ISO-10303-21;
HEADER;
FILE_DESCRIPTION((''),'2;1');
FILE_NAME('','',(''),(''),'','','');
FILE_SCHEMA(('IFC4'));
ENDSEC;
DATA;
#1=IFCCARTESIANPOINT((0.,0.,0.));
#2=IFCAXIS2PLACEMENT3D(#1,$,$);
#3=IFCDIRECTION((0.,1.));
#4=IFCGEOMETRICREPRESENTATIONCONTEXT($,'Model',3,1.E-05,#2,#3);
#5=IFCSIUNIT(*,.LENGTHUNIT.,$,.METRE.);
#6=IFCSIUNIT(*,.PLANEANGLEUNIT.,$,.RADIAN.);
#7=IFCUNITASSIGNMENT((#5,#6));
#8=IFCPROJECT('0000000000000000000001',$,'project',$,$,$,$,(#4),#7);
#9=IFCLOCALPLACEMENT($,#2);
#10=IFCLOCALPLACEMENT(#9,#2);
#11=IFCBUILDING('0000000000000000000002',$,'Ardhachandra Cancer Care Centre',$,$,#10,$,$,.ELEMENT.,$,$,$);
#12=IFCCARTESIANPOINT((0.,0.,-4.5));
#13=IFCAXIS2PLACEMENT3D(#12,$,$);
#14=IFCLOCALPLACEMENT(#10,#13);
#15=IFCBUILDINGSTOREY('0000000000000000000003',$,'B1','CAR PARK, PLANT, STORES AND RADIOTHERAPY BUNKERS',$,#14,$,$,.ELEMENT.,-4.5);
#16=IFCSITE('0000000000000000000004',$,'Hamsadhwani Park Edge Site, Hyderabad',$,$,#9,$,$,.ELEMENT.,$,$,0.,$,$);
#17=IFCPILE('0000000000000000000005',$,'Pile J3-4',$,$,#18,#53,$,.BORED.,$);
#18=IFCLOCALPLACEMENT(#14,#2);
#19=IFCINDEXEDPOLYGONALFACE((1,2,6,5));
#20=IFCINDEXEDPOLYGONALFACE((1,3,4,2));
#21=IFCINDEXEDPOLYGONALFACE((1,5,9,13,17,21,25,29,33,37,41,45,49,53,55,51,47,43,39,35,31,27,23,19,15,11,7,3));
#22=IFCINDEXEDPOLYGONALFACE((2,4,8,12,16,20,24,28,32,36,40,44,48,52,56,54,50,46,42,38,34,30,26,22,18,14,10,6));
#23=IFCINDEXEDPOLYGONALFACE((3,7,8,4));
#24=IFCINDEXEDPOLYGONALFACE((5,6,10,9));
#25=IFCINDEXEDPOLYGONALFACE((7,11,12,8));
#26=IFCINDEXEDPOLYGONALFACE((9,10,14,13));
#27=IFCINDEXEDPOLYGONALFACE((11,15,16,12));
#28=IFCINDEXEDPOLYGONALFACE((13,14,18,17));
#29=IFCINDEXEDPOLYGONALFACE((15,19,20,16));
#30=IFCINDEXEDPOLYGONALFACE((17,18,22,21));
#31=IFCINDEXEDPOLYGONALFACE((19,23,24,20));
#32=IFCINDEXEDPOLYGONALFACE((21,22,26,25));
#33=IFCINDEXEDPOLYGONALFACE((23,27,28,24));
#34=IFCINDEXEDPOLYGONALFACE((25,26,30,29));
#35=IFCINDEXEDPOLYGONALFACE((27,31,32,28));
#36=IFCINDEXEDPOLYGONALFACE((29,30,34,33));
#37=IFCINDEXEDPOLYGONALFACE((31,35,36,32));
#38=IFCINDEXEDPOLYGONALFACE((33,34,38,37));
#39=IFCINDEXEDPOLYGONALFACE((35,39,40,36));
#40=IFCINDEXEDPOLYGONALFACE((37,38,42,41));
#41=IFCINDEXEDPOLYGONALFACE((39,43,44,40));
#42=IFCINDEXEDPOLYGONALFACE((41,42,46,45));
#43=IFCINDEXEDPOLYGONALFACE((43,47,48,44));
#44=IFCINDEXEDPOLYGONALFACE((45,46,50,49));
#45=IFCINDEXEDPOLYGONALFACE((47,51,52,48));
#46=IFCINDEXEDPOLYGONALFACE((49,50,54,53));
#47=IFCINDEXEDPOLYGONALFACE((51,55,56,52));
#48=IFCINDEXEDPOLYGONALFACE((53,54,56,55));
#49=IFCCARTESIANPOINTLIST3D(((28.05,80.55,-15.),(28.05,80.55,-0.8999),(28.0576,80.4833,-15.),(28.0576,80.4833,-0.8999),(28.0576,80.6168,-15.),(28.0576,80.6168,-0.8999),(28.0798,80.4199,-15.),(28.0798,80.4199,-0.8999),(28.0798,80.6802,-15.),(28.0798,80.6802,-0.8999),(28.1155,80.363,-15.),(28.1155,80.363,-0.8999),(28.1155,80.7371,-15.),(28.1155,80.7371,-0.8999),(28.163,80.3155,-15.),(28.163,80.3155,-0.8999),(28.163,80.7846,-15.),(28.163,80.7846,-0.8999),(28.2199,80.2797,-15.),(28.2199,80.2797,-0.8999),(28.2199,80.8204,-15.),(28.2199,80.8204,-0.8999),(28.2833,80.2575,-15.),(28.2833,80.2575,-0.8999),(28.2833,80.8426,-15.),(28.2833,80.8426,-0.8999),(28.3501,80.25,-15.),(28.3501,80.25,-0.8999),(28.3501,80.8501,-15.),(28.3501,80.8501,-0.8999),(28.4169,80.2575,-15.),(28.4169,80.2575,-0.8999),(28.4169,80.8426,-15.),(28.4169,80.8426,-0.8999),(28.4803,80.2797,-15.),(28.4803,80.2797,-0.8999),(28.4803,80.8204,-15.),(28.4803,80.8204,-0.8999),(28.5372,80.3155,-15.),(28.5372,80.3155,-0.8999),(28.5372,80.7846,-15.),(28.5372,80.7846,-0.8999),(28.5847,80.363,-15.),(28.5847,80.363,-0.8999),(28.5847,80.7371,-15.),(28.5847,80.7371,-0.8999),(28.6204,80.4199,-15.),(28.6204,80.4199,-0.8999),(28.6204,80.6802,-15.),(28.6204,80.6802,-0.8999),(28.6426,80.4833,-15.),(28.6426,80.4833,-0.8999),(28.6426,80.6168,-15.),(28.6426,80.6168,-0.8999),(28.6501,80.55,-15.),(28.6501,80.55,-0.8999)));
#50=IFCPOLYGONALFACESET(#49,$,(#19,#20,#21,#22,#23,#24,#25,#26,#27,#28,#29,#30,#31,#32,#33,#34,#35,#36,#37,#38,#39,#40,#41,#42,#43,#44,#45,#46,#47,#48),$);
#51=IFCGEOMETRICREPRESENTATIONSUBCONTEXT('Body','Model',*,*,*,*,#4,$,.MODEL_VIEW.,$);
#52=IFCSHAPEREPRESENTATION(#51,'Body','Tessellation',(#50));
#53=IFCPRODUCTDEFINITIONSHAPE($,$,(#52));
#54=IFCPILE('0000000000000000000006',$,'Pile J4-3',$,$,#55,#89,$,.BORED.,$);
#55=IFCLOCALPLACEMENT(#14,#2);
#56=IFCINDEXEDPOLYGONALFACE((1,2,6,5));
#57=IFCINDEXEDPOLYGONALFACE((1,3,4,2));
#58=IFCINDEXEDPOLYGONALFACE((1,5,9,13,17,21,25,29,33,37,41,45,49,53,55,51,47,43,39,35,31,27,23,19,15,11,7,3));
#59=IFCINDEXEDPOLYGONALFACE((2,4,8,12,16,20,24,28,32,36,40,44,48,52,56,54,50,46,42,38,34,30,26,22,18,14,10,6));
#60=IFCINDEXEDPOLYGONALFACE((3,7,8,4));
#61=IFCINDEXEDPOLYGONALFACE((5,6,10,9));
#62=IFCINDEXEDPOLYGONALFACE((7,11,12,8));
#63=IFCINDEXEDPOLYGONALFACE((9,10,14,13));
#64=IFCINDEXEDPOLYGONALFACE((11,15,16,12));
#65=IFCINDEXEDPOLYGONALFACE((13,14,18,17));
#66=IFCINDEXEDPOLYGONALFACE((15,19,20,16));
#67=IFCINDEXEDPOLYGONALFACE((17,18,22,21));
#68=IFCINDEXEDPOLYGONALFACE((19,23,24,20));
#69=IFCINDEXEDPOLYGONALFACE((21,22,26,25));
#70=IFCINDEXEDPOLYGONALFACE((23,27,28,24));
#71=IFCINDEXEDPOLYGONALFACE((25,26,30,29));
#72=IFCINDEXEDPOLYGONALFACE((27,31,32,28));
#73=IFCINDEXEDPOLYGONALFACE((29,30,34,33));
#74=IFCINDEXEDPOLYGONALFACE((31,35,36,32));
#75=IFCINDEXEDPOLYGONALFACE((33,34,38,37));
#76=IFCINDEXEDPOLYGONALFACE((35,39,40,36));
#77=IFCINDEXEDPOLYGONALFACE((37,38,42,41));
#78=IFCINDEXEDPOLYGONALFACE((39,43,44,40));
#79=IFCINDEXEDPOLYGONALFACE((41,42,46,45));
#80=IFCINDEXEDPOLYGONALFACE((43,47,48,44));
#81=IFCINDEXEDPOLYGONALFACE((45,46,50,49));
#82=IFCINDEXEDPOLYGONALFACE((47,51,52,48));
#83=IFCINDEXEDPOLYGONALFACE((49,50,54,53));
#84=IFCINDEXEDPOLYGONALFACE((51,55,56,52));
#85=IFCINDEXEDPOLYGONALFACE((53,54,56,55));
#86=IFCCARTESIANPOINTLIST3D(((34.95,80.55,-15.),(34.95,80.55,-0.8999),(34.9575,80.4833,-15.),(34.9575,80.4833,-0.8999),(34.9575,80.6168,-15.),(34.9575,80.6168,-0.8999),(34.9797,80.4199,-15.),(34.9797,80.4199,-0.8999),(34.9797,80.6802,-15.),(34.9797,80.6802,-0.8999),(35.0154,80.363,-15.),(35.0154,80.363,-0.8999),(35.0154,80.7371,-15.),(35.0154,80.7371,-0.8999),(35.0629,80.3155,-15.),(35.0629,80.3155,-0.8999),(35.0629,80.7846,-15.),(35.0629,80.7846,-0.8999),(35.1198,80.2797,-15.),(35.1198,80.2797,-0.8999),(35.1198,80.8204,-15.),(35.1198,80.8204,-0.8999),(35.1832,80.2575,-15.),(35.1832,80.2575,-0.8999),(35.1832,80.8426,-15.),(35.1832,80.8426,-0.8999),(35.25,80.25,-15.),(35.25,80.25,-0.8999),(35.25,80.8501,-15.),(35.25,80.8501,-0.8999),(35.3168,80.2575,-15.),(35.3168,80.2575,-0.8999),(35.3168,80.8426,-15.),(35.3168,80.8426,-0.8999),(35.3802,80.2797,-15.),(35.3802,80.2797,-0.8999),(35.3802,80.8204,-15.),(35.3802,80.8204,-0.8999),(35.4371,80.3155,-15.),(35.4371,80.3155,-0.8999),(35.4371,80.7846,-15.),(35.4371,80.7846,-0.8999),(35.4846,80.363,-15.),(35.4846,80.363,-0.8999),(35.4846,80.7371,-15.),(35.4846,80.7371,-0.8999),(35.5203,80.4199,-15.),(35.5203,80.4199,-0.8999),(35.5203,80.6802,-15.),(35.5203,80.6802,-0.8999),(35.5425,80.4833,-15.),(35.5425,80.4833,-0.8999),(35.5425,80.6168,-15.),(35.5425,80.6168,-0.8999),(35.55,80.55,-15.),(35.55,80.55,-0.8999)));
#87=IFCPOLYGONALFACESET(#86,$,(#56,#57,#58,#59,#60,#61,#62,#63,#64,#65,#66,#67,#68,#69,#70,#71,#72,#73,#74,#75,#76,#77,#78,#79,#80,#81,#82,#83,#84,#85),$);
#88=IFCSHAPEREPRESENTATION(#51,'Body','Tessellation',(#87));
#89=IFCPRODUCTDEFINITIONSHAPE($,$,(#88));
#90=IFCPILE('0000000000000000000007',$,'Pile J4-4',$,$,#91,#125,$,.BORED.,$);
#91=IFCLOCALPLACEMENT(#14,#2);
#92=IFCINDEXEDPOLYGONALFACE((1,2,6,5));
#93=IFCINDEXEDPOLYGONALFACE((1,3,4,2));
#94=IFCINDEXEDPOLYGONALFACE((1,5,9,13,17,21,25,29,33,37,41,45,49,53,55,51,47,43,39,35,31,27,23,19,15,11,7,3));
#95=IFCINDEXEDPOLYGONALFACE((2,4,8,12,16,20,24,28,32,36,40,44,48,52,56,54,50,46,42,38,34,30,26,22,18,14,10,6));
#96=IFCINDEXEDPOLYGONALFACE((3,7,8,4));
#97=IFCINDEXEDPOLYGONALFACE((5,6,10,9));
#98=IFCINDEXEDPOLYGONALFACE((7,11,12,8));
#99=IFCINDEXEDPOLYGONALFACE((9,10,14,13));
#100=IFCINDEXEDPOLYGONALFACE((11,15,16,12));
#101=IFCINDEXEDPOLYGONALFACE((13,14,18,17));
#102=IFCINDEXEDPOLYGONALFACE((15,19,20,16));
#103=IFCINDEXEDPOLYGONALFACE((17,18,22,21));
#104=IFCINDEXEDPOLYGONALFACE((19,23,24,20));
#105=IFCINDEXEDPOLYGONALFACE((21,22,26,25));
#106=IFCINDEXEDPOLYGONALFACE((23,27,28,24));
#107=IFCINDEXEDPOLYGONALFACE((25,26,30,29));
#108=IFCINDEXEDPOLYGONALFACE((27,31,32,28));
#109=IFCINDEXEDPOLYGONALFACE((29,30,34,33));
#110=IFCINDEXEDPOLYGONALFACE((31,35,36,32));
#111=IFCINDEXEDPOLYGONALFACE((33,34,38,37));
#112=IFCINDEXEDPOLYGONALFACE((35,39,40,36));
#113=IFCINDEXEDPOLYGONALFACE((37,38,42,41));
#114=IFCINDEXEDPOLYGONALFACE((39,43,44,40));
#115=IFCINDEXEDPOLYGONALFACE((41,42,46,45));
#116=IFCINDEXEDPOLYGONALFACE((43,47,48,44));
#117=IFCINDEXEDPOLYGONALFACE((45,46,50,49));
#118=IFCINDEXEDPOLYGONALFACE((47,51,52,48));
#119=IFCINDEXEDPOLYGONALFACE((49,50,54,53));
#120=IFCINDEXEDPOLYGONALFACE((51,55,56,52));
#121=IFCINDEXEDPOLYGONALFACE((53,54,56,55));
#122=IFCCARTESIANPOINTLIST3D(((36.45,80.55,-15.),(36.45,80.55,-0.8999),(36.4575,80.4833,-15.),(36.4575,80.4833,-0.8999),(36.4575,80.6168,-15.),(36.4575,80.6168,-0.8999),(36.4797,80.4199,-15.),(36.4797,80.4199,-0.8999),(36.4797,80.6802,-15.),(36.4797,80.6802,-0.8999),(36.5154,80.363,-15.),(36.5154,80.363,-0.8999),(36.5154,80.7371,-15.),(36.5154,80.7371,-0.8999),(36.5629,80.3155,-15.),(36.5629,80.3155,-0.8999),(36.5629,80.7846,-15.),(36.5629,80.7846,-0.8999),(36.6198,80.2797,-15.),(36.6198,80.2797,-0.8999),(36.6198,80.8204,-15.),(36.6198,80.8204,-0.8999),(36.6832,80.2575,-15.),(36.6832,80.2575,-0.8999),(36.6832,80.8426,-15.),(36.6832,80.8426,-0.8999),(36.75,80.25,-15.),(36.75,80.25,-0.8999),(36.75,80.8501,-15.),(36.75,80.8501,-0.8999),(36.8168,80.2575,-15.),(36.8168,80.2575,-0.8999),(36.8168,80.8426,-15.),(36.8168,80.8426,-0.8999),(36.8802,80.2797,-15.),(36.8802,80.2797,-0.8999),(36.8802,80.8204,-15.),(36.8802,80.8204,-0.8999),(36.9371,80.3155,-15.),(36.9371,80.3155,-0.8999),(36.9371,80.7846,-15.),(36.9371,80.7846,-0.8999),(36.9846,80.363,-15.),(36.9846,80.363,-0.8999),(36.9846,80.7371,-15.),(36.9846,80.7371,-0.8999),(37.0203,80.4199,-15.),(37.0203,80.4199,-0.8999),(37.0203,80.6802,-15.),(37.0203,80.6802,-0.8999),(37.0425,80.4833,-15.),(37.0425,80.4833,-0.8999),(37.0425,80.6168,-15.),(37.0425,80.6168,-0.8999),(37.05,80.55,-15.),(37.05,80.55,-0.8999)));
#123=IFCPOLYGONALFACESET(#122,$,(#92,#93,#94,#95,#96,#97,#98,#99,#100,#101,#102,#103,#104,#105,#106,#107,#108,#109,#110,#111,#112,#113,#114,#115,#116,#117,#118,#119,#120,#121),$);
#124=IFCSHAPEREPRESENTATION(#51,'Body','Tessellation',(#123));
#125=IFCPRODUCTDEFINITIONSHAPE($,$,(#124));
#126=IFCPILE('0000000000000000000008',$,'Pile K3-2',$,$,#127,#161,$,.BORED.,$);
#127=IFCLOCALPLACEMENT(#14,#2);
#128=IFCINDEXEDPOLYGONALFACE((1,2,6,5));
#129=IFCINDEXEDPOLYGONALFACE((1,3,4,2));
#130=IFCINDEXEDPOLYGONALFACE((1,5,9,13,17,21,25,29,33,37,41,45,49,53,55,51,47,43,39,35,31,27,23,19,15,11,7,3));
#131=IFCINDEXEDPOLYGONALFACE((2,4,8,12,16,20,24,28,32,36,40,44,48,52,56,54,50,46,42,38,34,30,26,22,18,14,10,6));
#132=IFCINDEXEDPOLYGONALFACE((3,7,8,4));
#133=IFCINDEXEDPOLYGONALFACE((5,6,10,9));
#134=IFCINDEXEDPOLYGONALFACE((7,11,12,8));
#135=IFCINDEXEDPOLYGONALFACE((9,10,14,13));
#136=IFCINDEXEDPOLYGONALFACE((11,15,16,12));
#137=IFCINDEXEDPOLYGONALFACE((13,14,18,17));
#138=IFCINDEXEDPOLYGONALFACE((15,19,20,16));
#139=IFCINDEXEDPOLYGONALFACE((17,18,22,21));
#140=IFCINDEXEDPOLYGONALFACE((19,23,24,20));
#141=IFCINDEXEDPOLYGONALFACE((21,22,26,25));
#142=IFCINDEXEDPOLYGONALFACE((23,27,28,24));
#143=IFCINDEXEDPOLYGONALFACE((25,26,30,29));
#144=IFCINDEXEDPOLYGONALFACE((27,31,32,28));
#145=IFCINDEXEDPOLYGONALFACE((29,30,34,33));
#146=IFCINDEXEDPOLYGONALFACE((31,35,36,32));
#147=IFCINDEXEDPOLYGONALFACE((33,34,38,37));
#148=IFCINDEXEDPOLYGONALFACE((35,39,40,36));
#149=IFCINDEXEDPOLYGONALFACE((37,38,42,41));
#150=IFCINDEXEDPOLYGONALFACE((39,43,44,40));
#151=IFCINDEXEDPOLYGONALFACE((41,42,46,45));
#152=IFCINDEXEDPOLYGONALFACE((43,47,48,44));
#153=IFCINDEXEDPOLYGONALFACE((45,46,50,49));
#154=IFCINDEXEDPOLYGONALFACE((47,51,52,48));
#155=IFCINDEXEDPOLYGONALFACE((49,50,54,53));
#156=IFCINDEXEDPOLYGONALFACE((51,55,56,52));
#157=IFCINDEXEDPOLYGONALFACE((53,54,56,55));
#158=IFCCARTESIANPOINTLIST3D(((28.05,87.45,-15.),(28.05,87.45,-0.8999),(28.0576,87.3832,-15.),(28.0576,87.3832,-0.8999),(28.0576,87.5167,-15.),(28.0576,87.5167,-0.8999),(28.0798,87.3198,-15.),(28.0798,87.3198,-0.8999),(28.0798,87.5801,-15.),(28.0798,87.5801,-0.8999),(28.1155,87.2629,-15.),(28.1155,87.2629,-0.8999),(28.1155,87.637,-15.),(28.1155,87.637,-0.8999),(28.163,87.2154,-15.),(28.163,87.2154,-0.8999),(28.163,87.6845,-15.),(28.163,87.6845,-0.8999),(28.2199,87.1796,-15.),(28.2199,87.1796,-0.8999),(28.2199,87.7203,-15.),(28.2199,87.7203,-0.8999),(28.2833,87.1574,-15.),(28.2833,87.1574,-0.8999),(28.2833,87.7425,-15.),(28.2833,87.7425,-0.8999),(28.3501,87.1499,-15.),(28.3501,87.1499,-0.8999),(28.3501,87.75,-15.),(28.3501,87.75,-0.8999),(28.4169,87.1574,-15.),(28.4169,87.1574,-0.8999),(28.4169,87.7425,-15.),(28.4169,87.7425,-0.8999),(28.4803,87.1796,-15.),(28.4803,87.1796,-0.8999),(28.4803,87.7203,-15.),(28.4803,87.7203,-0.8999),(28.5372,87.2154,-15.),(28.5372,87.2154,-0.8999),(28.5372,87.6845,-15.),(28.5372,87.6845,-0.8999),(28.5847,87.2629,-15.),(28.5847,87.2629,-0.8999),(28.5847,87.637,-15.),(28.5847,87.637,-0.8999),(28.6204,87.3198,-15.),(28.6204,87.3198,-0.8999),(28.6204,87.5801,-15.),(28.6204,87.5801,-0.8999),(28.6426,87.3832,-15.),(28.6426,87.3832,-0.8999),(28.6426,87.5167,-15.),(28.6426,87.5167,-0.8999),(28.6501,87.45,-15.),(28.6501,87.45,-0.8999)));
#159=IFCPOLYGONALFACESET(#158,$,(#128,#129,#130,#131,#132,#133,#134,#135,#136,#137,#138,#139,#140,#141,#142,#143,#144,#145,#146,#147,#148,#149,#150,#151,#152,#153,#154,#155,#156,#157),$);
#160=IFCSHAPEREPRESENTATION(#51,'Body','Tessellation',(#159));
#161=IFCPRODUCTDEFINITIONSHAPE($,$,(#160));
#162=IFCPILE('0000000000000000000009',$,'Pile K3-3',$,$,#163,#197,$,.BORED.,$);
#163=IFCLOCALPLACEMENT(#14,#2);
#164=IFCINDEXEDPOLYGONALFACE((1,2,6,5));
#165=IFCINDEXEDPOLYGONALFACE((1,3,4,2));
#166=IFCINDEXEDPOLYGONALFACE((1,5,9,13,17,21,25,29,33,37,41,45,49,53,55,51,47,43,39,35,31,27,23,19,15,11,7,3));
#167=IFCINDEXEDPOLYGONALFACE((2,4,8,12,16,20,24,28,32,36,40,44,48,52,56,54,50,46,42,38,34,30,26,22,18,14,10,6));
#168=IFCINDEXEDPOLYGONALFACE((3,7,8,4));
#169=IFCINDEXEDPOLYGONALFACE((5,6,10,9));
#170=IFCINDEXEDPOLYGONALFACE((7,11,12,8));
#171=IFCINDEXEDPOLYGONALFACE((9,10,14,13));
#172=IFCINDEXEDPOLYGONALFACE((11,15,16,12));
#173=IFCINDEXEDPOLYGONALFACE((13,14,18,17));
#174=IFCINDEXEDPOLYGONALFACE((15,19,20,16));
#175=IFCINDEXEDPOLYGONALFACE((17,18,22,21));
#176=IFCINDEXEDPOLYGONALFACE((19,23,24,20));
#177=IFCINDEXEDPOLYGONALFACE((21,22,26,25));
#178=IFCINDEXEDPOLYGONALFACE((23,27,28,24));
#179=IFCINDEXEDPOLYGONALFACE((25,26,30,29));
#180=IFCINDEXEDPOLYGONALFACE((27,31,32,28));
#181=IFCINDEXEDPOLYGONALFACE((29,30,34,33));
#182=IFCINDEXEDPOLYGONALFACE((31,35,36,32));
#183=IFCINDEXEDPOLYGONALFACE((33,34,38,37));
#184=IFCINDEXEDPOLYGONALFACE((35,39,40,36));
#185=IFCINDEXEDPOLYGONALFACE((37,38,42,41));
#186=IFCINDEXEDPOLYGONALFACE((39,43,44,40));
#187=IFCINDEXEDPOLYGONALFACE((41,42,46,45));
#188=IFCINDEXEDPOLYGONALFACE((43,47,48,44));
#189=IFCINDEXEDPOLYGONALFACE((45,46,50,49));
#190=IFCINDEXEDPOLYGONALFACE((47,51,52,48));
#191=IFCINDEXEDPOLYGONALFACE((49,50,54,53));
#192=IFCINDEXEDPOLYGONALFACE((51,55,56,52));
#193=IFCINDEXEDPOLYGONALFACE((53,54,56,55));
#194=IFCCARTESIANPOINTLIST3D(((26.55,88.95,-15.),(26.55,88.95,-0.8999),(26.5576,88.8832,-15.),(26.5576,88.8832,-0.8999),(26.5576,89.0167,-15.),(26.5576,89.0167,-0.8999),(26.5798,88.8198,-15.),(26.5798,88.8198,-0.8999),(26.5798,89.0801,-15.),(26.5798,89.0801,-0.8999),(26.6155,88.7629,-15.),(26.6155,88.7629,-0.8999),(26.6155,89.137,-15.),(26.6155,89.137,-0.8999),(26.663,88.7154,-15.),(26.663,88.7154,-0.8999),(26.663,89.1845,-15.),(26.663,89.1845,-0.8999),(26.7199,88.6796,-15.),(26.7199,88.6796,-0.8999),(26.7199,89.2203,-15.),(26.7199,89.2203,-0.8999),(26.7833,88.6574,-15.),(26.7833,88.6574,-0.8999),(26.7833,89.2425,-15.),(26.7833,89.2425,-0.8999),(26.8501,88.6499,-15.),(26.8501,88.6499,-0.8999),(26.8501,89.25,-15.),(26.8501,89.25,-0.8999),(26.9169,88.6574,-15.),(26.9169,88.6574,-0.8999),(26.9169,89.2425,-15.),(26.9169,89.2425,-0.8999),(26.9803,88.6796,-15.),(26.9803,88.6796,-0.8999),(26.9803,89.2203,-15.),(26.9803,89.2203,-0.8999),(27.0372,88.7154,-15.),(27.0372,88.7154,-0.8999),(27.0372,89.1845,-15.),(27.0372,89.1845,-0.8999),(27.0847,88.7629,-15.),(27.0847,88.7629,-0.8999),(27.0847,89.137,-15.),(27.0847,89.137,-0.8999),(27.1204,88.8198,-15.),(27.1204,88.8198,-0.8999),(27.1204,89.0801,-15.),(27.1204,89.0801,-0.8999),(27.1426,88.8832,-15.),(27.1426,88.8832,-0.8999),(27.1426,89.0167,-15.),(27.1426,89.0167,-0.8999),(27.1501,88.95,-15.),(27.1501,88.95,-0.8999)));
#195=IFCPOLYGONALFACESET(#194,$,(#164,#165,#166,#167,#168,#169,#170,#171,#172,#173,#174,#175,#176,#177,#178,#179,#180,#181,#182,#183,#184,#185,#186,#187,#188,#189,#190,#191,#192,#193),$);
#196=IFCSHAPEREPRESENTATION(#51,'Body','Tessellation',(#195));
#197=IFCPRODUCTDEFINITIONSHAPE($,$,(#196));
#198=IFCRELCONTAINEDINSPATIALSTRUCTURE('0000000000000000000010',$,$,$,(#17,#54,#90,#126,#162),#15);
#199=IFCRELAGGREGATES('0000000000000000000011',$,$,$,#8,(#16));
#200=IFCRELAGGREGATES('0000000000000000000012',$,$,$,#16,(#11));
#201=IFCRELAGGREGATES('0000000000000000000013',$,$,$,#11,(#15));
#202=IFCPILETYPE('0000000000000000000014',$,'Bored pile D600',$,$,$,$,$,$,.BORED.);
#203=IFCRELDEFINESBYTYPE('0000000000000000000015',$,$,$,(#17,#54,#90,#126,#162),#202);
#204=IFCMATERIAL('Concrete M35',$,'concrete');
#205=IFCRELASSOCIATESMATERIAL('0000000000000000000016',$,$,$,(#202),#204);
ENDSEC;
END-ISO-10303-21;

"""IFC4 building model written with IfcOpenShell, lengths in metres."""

from ifc_helpers import new_model, si_unit, direction, frame, origin, origin_2d, place, context, subcontext, project, spatial, circle, extrude, material, material_profile, profile_set, type_object, element, save


model = new_model("IFC4")

# Units and contexts
model_context = context("Model", 3, precision=1e-05, world=origin(), true_north=direction((0.0, 1.0)))
body_context = subcontext(model_context, "Body", "Model", "MODEL_VIEW")
ifc_project = project(units=[si_unit("LENGTHUNIT", "METRE"), si_unit("PLANEANGLEUNIT", "RADIAN")], contexts=[model_context])

# Site, building, storey
site_placement = place(None, origin())
site = spatial("IfcSite", under=ifc_project, at=site_placement, Name="Hamsadhwani Park Edge Site, Hyderabad", CompositionType="ELEMENT", RefElevation=0.0)
building_placement = place(site_placement, origin())
building = spatial("IfcBuilding", under=site, at=building_placement, Name="Ardhachandra Cancer Care Centre", CompositionType="ELEMENT")
storey_placement = place(building_placement, frame((0.0, 0.0, -4.5)))
storey = spatial("IfcBuildingStorey", under=building, at=storey_placement, Name="B1", Description="CAR PARK, PLANT, STORES AND RADIOTHERAPY BUNKERS", CompositionType="ELEMENT", Elevation=-4.5)

# Piles
ifc_material_1 = material(Name="Concrete M35", Category="concrete")
ifc_material_profile_1 = material_profile(ifc_material_1, circle(Radius=0.3, at=origin_2d()), Name="D600")
ifc_profile_set_1 = profile_set([ifc_material_profile_1], Name="Concrete M35")
pile_type_1 = type_object("IfcPileType", Name="Bored pile D600", PredefinedType="BORED", material=ifc_profile_set_1)
for number, where, z_axis, x_axis, name in (
    (1, (28.3501, 80.55, -0.8999), (0.0, 0.0, -1.0), (1.0, 0.0, 0.0), "Pile J3-4"),
    (2, (35.25, 80.55, -0.8999), (0.0, 0.0, -1.0), (1.0, 0.0, 0.0), "Pile J4-3"),
    (3, (36.75, 80.55, -0.8999), (0.0, 0.0, -1.0), (1.0, 0.0, 0.0), "Pile J4-4"),
    (4, (28.3501, 87.45, -0.8999), (0.0, 0.0, -1.0), (1.0, 0.0, 0.0), "Pile K3-2"),
    (5, (26.8501, 88.95, -0.8999), (0.0, 0.0, -1.0), (1.0, 0.0, 0.0), "Pile K3-3"),
):
    element("IfcPile", number, at=place(storey_placement, frame(where, z_axis=z_axis, x_axis=x_axis)), inside=storey, type_object=pile_type_1, Name=name, PredefinedType="BORED", context=body_context, shape_type="SweptSolid", body=[
        extrude(circle(Radius=0.3, at=origin_2d()), origin(), (0.0, 0.0, 1.0), 14.1001),
    ])

save(model, "model.ifc")
